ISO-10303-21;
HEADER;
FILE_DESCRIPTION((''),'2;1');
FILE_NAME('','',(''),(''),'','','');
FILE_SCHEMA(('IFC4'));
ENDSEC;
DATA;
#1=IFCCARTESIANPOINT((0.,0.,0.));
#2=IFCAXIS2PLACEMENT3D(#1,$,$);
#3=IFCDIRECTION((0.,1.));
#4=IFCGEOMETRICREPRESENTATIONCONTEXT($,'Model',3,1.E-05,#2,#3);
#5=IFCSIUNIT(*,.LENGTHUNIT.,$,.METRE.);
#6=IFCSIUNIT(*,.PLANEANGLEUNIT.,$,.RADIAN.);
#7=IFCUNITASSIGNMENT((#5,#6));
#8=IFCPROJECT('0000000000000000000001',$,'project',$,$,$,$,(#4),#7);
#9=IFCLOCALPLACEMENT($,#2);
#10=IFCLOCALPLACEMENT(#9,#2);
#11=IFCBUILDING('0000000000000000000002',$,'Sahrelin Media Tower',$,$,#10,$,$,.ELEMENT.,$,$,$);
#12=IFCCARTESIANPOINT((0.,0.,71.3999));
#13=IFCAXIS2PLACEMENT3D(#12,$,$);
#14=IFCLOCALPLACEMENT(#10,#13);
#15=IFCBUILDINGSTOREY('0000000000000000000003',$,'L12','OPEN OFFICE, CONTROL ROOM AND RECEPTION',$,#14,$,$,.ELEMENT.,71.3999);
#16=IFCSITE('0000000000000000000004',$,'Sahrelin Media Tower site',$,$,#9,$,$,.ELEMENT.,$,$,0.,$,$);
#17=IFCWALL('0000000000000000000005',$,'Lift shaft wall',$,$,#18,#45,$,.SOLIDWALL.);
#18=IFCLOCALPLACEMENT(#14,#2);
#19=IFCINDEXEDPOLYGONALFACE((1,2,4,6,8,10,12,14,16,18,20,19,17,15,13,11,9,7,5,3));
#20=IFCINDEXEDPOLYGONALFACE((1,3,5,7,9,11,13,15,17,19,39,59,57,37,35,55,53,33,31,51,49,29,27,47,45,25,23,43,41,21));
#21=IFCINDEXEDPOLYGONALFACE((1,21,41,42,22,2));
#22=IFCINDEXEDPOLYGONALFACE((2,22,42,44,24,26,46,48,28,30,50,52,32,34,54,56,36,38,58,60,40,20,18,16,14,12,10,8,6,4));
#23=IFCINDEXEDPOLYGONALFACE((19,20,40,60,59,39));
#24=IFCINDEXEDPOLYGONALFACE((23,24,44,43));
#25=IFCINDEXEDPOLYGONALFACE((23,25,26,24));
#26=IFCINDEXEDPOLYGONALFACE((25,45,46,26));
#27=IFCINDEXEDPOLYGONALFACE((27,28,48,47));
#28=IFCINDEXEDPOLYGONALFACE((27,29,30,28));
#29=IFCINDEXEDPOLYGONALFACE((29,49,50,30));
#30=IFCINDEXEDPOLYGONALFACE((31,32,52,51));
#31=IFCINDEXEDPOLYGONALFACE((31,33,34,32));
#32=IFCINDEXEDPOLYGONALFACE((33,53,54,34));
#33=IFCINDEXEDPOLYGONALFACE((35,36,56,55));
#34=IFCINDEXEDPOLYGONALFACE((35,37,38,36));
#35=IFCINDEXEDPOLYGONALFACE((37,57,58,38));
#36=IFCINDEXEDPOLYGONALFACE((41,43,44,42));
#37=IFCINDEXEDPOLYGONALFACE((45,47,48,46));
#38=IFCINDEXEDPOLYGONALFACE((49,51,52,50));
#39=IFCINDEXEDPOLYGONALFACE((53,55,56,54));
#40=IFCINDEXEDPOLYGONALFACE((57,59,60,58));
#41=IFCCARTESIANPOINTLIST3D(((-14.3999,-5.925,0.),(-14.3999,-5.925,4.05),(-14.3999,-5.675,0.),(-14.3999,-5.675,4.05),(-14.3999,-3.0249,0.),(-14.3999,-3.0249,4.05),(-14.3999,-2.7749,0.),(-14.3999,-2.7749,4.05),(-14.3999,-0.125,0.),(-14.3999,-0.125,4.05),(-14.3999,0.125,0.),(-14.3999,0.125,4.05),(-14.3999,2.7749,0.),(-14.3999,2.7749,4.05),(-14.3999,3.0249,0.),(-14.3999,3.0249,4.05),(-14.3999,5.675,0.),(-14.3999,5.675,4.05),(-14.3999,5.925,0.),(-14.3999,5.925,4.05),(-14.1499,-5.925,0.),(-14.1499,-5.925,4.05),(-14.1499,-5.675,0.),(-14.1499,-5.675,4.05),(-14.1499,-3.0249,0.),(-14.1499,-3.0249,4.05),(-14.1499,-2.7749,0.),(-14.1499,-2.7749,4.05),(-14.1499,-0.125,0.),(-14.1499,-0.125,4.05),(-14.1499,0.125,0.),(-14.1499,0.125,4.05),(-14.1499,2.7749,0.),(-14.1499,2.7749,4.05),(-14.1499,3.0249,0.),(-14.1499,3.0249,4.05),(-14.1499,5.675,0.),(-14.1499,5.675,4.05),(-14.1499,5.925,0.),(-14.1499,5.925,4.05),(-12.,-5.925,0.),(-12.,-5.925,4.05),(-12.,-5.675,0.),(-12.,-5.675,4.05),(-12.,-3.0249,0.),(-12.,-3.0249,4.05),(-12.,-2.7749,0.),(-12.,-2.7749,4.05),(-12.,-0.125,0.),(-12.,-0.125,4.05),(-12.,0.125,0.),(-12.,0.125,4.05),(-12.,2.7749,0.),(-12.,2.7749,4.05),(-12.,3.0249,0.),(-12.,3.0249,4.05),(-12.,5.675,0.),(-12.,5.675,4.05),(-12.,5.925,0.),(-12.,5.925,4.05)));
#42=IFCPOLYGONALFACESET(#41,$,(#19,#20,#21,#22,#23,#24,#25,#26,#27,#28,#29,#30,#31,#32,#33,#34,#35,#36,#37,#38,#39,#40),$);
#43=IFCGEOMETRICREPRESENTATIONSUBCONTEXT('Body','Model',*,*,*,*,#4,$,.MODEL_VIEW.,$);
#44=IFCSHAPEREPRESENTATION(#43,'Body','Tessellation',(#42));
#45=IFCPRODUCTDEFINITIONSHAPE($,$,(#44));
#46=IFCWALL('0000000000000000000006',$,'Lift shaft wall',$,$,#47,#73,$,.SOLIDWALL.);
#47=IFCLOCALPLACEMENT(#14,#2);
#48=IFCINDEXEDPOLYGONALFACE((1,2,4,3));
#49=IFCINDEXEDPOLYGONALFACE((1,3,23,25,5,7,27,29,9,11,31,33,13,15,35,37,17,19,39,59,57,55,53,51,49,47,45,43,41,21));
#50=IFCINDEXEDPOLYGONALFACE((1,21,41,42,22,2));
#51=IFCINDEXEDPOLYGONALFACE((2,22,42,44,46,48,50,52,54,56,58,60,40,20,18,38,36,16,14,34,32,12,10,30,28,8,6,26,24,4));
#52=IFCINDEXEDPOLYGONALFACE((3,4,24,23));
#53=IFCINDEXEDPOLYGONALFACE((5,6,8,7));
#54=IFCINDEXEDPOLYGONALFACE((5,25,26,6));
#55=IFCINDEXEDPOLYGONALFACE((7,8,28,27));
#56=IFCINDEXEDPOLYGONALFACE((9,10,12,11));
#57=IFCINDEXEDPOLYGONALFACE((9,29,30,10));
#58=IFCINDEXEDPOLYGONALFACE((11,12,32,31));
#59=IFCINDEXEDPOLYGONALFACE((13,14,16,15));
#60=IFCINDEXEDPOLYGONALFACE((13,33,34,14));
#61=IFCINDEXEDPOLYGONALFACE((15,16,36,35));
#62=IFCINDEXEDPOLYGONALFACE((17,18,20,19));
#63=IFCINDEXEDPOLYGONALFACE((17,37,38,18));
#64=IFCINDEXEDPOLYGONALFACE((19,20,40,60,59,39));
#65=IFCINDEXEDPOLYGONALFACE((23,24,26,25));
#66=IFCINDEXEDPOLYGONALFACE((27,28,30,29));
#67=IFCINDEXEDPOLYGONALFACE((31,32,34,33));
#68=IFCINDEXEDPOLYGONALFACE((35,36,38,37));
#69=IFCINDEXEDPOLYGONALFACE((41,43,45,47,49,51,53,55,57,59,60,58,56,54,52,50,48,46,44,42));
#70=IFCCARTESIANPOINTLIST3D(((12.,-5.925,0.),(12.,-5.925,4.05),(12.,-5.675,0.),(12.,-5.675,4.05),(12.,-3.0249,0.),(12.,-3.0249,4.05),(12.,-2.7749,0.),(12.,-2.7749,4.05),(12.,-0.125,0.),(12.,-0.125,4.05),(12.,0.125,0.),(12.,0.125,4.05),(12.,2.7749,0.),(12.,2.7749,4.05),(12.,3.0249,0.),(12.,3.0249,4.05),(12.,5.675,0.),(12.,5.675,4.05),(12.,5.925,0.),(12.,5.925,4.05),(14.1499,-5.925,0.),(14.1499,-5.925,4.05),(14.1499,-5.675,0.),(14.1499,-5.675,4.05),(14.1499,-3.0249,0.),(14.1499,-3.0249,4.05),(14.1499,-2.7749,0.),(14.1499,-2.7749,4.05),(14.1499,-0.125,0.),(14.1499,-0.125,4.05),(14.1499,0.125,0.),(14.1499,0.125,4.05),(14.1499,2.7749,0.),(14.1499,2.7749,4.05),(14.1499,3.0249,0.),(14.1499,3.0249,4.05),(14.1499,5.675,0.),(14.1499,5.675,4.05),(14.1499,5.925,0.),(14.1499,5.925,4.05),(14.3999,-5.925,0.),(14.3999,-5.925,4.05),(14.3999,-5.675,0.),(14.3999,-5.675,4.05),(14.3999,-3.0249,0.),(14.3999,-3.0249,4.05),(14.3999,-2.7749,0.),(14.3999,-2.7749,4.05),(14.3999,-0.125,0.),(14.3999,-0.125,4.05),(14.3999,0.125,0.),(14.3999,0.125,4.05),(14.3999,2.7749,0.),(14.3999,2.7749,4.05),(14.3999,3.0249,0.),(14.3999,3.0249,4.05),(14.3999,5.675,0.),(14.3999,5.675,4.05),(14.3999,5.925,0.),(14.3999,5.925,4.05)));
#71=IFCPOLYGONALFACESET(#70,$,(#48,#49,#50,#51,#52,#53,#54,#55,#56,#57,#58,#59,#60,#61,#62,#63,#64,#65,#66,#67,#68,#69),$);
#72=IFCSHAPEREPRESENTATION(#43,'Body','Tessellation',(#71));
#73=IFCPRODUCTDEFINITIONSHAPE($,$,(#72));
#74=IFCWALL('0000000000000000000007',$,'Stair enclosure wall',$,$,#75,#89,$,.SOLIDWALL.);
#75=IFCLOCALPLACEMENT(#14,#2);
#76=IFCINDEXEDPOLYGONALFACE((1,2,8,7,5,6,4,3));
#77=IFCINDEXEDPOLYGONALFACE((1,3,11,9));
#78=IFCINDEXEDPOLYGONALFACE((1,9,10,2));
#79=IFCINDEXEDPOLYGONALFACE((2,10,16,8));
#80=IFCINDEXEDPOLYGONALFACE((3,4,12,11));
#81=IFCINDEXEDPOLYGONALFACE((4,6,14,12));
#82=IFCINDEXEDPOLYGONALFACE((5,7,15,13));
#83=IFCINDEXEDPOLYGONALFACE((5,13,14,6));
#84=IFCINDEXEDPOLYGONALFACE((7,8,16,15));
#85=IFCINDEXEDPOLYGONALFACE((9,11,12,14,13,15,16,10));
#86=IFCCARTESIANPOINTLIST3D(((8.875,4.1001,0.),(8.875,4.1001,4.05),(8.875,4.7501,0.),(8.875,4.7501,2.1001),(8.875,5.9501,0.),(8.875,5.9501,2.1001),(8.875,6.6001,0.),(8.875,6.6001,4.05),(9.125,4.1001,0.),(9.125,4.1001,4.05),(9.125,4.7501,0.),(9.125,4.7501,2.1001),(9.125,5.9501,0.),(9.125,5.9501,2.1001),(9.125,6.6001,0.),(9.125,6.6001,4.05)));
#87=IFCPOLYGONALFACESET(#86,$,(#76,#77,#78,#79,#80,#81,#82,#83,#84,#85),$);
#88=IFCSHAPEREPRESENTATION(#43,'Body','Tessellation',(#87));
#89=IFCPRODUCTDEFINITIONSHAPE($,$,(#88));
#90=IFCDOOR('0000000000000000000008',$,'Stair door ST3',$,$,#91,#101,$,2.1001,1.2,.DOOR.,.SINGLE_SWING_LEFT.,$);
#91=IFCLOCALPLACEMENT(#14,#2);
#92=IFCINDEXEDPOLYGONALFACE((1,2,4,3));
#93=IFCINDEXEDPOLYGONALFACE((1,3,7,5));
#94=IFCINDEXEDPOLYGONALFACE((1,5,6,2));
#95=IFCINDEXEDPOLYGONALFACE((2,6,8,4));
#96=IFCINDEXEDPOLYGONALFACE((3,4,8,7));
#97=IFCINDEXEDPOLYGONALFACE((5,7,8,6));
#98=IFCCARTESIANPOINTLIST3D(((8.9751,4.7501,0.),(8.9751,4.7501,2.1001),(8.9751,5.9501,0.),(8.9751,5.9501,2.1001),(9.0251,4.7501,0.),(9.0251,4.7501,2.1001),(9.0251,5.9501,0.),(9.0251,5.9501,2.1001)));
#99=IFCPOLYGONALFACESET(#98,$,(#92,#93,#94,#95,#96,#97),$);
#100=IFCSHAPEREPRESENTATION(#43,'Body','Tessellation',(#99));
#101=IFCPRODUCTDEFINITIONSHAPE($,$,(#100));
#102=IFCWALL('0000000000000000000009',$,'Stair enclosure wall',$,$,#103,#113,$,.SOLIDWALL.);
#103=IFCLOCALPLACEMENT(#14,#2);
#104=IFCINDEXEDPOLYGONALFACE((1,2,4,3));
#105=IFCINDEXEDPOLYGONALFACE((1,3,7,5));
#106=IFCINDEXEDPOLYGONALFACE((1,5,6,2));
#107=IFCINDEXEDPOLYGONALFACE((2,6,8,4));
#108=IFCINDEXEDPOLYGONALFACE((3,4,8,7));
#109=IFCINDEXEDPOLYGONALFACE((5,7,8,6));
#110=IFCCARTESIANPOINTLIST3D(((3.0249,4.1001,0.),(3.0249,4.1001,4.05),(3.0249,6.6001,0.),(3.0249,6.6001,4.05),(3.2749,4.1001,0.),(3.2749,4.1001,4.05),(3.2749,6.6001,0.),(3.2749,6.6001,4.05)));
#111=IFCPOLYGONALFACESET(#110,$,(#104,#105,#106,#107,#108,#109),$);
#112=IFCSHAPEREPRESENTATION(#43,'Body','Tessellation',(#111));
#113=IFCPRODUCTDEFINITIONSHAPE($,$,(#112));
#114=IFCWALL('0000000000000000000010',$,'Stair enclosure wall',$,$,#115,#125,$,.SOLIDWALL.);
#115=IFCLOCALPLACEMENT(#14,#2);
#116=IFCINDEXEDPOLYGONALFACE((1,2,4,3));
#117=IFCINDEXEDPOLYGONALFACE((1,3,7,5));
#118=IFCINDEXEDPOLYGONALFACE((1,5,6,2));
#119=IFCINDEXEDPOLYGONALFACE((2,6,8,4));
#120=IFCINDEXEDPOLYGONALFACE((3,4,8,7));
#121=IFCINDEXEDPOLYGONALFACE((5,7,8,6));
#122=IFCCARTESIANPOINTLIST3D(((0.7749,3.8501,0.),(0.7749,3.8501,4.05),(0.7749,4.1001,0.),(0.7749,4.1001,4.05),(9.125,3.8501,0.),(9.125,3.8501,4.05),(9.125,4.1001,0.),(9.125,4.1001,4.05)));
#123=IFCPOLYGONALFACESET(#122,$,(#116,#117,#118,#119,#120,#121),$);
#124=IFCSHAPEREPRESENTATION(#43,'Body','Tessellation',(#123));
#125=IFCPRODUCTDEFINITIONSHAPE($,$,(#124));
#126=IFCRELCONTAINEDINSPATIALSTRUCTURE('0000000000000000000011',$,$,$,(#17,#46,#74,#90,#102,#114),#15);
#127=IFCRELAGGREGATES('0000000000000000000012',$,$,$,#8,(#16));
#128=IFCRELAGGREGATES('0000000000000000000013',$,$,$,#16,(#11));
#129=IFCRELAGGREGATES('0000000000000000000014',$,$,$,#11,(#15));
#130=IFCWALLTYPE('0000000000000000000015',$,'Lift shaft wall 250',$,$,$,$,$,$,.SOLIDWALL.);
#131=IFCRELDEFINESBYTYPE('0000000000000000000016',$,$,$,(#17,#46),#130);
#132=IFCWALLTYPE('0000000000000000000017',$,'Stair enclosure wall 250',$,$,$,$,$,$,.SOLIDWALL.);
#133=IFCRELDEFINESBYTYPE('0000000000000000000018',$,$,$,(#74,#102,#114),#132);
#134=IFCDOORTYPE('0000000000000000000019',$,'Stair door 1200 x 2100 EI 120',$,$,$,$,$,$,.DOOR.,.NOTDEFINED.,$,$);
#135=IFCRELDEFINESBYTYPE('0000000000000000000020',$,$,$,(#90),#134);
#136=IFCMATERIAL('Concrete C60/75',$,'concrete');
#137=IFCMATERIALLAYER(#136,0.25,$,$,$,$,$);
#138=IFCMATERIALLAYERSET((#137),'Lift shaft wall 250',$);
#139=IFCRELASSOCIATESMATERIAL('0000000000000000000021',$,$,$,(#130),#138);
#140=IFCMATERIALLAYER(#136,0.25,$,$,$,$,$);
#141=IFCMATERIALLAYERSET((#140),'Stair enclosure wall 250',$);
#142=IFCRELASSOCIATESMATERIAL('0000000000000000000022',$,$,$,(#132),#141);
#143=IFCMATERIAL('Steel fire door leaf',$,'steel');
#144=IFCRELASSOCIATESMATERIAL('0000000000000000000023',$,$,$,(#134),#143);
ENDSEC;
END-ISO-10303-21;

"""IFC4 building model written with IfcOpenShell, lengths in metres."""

from ifc_helpers import new_model, si_unit, direction, frame, frame_2d, origin, place, context, subcontext, project, spatial, polyline, rectangle, outline, extrude, material, layer, layer_set, type_object, element, fill, save


model = new_model("IFC4")

# Units and contexts
model_context = context("Model", 3, precision=1e-05, world=origin(), true_north=direction((0.0, 1.0)))
body_context = subcontext(model_context, "Body", "Model", "MODEL_VIEW")
ifc_project = project(units=[si_unit("LENGTHUNIT", "METRE"), si_unit("PLANEANGLEUNIT", "RADIAN")], contexts=[model_context])

# Site, building, storey
site_placement = place(None, origin())
site = spatial("IfcSite", under=ifc_project, at=site_placement, Name="Sahrelin Media Tower site", CompositionType="ELEMENT", RefElevation=0.0)
building_placement = place(site_placement, origin())
building = spatial("IfcBuilding", under=site, at=building_placement, Name="Sahrelin Media Tower", CompositionType="ELEMENT")
storey_placement = place(building_placement, frame((0.0, 0.0, 71.3999)))
storey = spatial("IfcBuildingStorey", under=building, at=storey_placement, Name="L12", Description="OPEN OFFICE, CONTROL ROOM AND RECEPTION", CompositionType="ELEMENT", Elevation=71.3999)

# Shared definitions
placement_1 = place(storey_placement, origin())

# Shared definitions
ifc_material_1 = material(Name="Concrete C60/75", Category="concrete")

# Shared definitions
ifc_material_2 = material(Name="Steel fire door leaf", Category="steel")

# Walls
ifc_layer_1 = layer(ifc_material_1, 0.25)
ifc_layer_set_1 = layer_set([ifc_layer_1], Name="Lift shaft wall 250")
wall_type_1 = type_object("IfcWallType", Name="Lift shaft wall 250", PredefinedType="SOLIDWALL", material=ifc_layer_set_1)
element("IfcWall", 1, at=placement_1, inside=storey, type_object=wall_type_1, Name="Lift shaft wall", PredefinedType="SOLIDWALL", context=body_context, shape_type="SweptSolid", body=[
    extrude(outline(polyline([(-12.0, -5.925), (-12.0, -5.675), (-14.1499, -5.675), (-14.1499, -3.0249), (-12.0, -3.0249), (-12.0, -2.7749), (-14.1499, -2.7749), (-14.1499, -0.125), (-12.0, -0.125), (-12.0, 0.125), (-14.1499, 0.125), (-14.1499, 2.7749), (-12.0, 2.7749), (-12.0, 3.0249), (-14.1499, 3.0249), (-14.1499, 5.675), (-12.0, 5.675), (-12.0, 5.925), (-14.1499, 5.925), (-14.3999, 5.925), (-14.3999, 5.675), (-14.3999, 3.0249), (-14.3999, 2.7749), (-14.3999, 0.125), (-14.3999, -0.125), (-14.3999, -2.7749), (-14.3999, -3.0249), (-14.3999, -5.675), (-14.3999, -5.925), (-14.1499, -5.925), (-12.0, -5.925)])), origin(), (0.0, 0.0, 1.0), 4.05),
])
element("IfcWall", 2, at=placement_1, inside=storey, type_object=wall_type_1, Name="Lift shaft wall", PredefinedType="SOLIDWALL", context=body_context, shape_type="SweptSolid", body=[
    extrude(outline(polyline([(12.0, -5.675), (12.0, -5.925), (14.1499, -5.925), (14.3999, -5.925), (14.3999, -5.675), (14.3999, -3.0249), (14.3999, -2.7749), (14.3999, -0.125), (14.3999, 0.125), (14.3999, 2.7749), (14.3999, 3.0249), (14.3999, 5.675), (14.3999, 5.925), (14.1499, 5.925), (12.0, 5.925), (12.0, 5.675), (14.1499, 5.675), (14.1499, 3.0249), (12.0, 3.0249), (12.0, 2.7749), (14.1499, 2.7749), (14.1499, 0.125), (12.0, 0.125), (12.0, -0.125), (14.1499, -0.125), (14.1499, -2.7749), (12.0, -2.7749), (12.0, -3.0249), (14.1499, -3.0249), (14.1499, -5.675), (12.0, -5.675)])), origin(), (0.0, 0.0, 1.0), 4.05),
])

# Wall, opening, door
ifc_layer_2 = layer(ifc_material_1, 0.25)
ifc_layer_set_2 = layer_set([ifc_layer_2], Name="Stair enclosure wall 250")
wall_type_2 = type_object("IfcWallType", Name="Stair enclosure wall 250", PredefinedType="SOLIDWALL", material=ifc_layer_set_2)
wall_1_placement = place(storey_placement, frame((9.0, 4.1001, 0.0), z_axis=(0.0, 0.0, 1.0), x_axis=(0.0, 1.0, 0.0)))
wall_1 = element("IfcWall", 3, at=wall_1_placement, inside=storey, type_object=wall_type_2, Name="Stair enclosure wall", PredefinedType="SOLIDWALL", context=body_context, shape_type="SweptSolid", body=[
    extrude(rectangle(XDim=2.5, YDim=0.25, at=frame_2d((1.25, 0.0))), origin(), (0.0, 0.0, 1.0), 4.05),
])
opening_1_placement = place(wall_1_placement, frame((0.6499, 0.0, 0.0)))
opening_1 = element("IfcOpeningElement", 4, at=opening_1_placement, cuts=wall_1, PredefinedType="OPENING", context=body_context, shape_type="SweptSolid", body=[
    extrude(rectangle(XDim=1.2, YDim=2.1001, at=frame_2d((0.6001, 1.05))), frame((0.0, 0.125, 0.0), z_axis=(0.0, -1.0, 0.0), x_axis=(1.0, 0.0, 0.0)), (0.0, 0.0, 1.0), 0.25),
])
door_type_1 = type_object("IfcDoorType", Name="Stair door 1200 x 2100 EI 120", OperationType="NOTDEFINED", PredefinedType="DOOR", material=ifc_material_2)
door_1_placement = place(opening_1_placement, origin())
door_1 = element("IfcDoor", 5, at=door_1_placement, inside=storey, type_object=door_type_1, Name="Stair door ST3", OperationType="SINGLE_SWING_LEFT", OverallHeight=2.1001, OverallWidth=1.2, PredefinedType="DOOR", context=body_context, shape_type="SweptSolid", body=[
    extrude(rectangle(XDim=1.2, YDim=2.1001, at=frame_2d((0.6001, 1.05))), frame((0.0, 0.0249, 0.0), z_axis=(0.0, -1.0, 0.0), x_axis=(1.0, 0.0, 0.0)), (0.0, 0.0, 1.0), 0.05),
])
fill(opening_1, door_1)

# Walls
wall_2_placement = place(storey_placement, frame((3.1499, 4.1001, 0.0), z_axis=(0.0, 0.0, 1.0), x_axis=(0.0, 1.0, 0.0)))
element("IfcWall", 6, at=wall_2_placement, inside=storey, type_object=wall_type_2, Name="Stair enclosure wall", PredefinedType="SOLIDWALL", context=body_context, shape_type="SweptSolid", body=[
    extrude(rectangle(XDim=2.5, YDim=0.25, at=frame_2d((1.25, 0.0))), origin(), (0.0, 0.0, 1.0), 4.05),
])
wall_3_placement = place(storey_placement, frame((0.7749, 3.9751, 0.0), z_axis=(0.0, 0.0, 1.0), x_axis=(1.0, 0.0, 0.0)))
element("IfcWall", 7, at=wall_3_placement, inside=storey, type_object=wall_type_2, Name="Stair enclosure wall", PredefinedType="SOLIDWALL", context=body_context, shape_type="SweptSolid", body=[
    extrude(rectangle(XDim=8.3501, YDim=0.25, at=frame_2d((4.175, 0.0))), origin(), (0.0, 0.0, 1.0), 4.05),
])

save(model, "model.ifc")
